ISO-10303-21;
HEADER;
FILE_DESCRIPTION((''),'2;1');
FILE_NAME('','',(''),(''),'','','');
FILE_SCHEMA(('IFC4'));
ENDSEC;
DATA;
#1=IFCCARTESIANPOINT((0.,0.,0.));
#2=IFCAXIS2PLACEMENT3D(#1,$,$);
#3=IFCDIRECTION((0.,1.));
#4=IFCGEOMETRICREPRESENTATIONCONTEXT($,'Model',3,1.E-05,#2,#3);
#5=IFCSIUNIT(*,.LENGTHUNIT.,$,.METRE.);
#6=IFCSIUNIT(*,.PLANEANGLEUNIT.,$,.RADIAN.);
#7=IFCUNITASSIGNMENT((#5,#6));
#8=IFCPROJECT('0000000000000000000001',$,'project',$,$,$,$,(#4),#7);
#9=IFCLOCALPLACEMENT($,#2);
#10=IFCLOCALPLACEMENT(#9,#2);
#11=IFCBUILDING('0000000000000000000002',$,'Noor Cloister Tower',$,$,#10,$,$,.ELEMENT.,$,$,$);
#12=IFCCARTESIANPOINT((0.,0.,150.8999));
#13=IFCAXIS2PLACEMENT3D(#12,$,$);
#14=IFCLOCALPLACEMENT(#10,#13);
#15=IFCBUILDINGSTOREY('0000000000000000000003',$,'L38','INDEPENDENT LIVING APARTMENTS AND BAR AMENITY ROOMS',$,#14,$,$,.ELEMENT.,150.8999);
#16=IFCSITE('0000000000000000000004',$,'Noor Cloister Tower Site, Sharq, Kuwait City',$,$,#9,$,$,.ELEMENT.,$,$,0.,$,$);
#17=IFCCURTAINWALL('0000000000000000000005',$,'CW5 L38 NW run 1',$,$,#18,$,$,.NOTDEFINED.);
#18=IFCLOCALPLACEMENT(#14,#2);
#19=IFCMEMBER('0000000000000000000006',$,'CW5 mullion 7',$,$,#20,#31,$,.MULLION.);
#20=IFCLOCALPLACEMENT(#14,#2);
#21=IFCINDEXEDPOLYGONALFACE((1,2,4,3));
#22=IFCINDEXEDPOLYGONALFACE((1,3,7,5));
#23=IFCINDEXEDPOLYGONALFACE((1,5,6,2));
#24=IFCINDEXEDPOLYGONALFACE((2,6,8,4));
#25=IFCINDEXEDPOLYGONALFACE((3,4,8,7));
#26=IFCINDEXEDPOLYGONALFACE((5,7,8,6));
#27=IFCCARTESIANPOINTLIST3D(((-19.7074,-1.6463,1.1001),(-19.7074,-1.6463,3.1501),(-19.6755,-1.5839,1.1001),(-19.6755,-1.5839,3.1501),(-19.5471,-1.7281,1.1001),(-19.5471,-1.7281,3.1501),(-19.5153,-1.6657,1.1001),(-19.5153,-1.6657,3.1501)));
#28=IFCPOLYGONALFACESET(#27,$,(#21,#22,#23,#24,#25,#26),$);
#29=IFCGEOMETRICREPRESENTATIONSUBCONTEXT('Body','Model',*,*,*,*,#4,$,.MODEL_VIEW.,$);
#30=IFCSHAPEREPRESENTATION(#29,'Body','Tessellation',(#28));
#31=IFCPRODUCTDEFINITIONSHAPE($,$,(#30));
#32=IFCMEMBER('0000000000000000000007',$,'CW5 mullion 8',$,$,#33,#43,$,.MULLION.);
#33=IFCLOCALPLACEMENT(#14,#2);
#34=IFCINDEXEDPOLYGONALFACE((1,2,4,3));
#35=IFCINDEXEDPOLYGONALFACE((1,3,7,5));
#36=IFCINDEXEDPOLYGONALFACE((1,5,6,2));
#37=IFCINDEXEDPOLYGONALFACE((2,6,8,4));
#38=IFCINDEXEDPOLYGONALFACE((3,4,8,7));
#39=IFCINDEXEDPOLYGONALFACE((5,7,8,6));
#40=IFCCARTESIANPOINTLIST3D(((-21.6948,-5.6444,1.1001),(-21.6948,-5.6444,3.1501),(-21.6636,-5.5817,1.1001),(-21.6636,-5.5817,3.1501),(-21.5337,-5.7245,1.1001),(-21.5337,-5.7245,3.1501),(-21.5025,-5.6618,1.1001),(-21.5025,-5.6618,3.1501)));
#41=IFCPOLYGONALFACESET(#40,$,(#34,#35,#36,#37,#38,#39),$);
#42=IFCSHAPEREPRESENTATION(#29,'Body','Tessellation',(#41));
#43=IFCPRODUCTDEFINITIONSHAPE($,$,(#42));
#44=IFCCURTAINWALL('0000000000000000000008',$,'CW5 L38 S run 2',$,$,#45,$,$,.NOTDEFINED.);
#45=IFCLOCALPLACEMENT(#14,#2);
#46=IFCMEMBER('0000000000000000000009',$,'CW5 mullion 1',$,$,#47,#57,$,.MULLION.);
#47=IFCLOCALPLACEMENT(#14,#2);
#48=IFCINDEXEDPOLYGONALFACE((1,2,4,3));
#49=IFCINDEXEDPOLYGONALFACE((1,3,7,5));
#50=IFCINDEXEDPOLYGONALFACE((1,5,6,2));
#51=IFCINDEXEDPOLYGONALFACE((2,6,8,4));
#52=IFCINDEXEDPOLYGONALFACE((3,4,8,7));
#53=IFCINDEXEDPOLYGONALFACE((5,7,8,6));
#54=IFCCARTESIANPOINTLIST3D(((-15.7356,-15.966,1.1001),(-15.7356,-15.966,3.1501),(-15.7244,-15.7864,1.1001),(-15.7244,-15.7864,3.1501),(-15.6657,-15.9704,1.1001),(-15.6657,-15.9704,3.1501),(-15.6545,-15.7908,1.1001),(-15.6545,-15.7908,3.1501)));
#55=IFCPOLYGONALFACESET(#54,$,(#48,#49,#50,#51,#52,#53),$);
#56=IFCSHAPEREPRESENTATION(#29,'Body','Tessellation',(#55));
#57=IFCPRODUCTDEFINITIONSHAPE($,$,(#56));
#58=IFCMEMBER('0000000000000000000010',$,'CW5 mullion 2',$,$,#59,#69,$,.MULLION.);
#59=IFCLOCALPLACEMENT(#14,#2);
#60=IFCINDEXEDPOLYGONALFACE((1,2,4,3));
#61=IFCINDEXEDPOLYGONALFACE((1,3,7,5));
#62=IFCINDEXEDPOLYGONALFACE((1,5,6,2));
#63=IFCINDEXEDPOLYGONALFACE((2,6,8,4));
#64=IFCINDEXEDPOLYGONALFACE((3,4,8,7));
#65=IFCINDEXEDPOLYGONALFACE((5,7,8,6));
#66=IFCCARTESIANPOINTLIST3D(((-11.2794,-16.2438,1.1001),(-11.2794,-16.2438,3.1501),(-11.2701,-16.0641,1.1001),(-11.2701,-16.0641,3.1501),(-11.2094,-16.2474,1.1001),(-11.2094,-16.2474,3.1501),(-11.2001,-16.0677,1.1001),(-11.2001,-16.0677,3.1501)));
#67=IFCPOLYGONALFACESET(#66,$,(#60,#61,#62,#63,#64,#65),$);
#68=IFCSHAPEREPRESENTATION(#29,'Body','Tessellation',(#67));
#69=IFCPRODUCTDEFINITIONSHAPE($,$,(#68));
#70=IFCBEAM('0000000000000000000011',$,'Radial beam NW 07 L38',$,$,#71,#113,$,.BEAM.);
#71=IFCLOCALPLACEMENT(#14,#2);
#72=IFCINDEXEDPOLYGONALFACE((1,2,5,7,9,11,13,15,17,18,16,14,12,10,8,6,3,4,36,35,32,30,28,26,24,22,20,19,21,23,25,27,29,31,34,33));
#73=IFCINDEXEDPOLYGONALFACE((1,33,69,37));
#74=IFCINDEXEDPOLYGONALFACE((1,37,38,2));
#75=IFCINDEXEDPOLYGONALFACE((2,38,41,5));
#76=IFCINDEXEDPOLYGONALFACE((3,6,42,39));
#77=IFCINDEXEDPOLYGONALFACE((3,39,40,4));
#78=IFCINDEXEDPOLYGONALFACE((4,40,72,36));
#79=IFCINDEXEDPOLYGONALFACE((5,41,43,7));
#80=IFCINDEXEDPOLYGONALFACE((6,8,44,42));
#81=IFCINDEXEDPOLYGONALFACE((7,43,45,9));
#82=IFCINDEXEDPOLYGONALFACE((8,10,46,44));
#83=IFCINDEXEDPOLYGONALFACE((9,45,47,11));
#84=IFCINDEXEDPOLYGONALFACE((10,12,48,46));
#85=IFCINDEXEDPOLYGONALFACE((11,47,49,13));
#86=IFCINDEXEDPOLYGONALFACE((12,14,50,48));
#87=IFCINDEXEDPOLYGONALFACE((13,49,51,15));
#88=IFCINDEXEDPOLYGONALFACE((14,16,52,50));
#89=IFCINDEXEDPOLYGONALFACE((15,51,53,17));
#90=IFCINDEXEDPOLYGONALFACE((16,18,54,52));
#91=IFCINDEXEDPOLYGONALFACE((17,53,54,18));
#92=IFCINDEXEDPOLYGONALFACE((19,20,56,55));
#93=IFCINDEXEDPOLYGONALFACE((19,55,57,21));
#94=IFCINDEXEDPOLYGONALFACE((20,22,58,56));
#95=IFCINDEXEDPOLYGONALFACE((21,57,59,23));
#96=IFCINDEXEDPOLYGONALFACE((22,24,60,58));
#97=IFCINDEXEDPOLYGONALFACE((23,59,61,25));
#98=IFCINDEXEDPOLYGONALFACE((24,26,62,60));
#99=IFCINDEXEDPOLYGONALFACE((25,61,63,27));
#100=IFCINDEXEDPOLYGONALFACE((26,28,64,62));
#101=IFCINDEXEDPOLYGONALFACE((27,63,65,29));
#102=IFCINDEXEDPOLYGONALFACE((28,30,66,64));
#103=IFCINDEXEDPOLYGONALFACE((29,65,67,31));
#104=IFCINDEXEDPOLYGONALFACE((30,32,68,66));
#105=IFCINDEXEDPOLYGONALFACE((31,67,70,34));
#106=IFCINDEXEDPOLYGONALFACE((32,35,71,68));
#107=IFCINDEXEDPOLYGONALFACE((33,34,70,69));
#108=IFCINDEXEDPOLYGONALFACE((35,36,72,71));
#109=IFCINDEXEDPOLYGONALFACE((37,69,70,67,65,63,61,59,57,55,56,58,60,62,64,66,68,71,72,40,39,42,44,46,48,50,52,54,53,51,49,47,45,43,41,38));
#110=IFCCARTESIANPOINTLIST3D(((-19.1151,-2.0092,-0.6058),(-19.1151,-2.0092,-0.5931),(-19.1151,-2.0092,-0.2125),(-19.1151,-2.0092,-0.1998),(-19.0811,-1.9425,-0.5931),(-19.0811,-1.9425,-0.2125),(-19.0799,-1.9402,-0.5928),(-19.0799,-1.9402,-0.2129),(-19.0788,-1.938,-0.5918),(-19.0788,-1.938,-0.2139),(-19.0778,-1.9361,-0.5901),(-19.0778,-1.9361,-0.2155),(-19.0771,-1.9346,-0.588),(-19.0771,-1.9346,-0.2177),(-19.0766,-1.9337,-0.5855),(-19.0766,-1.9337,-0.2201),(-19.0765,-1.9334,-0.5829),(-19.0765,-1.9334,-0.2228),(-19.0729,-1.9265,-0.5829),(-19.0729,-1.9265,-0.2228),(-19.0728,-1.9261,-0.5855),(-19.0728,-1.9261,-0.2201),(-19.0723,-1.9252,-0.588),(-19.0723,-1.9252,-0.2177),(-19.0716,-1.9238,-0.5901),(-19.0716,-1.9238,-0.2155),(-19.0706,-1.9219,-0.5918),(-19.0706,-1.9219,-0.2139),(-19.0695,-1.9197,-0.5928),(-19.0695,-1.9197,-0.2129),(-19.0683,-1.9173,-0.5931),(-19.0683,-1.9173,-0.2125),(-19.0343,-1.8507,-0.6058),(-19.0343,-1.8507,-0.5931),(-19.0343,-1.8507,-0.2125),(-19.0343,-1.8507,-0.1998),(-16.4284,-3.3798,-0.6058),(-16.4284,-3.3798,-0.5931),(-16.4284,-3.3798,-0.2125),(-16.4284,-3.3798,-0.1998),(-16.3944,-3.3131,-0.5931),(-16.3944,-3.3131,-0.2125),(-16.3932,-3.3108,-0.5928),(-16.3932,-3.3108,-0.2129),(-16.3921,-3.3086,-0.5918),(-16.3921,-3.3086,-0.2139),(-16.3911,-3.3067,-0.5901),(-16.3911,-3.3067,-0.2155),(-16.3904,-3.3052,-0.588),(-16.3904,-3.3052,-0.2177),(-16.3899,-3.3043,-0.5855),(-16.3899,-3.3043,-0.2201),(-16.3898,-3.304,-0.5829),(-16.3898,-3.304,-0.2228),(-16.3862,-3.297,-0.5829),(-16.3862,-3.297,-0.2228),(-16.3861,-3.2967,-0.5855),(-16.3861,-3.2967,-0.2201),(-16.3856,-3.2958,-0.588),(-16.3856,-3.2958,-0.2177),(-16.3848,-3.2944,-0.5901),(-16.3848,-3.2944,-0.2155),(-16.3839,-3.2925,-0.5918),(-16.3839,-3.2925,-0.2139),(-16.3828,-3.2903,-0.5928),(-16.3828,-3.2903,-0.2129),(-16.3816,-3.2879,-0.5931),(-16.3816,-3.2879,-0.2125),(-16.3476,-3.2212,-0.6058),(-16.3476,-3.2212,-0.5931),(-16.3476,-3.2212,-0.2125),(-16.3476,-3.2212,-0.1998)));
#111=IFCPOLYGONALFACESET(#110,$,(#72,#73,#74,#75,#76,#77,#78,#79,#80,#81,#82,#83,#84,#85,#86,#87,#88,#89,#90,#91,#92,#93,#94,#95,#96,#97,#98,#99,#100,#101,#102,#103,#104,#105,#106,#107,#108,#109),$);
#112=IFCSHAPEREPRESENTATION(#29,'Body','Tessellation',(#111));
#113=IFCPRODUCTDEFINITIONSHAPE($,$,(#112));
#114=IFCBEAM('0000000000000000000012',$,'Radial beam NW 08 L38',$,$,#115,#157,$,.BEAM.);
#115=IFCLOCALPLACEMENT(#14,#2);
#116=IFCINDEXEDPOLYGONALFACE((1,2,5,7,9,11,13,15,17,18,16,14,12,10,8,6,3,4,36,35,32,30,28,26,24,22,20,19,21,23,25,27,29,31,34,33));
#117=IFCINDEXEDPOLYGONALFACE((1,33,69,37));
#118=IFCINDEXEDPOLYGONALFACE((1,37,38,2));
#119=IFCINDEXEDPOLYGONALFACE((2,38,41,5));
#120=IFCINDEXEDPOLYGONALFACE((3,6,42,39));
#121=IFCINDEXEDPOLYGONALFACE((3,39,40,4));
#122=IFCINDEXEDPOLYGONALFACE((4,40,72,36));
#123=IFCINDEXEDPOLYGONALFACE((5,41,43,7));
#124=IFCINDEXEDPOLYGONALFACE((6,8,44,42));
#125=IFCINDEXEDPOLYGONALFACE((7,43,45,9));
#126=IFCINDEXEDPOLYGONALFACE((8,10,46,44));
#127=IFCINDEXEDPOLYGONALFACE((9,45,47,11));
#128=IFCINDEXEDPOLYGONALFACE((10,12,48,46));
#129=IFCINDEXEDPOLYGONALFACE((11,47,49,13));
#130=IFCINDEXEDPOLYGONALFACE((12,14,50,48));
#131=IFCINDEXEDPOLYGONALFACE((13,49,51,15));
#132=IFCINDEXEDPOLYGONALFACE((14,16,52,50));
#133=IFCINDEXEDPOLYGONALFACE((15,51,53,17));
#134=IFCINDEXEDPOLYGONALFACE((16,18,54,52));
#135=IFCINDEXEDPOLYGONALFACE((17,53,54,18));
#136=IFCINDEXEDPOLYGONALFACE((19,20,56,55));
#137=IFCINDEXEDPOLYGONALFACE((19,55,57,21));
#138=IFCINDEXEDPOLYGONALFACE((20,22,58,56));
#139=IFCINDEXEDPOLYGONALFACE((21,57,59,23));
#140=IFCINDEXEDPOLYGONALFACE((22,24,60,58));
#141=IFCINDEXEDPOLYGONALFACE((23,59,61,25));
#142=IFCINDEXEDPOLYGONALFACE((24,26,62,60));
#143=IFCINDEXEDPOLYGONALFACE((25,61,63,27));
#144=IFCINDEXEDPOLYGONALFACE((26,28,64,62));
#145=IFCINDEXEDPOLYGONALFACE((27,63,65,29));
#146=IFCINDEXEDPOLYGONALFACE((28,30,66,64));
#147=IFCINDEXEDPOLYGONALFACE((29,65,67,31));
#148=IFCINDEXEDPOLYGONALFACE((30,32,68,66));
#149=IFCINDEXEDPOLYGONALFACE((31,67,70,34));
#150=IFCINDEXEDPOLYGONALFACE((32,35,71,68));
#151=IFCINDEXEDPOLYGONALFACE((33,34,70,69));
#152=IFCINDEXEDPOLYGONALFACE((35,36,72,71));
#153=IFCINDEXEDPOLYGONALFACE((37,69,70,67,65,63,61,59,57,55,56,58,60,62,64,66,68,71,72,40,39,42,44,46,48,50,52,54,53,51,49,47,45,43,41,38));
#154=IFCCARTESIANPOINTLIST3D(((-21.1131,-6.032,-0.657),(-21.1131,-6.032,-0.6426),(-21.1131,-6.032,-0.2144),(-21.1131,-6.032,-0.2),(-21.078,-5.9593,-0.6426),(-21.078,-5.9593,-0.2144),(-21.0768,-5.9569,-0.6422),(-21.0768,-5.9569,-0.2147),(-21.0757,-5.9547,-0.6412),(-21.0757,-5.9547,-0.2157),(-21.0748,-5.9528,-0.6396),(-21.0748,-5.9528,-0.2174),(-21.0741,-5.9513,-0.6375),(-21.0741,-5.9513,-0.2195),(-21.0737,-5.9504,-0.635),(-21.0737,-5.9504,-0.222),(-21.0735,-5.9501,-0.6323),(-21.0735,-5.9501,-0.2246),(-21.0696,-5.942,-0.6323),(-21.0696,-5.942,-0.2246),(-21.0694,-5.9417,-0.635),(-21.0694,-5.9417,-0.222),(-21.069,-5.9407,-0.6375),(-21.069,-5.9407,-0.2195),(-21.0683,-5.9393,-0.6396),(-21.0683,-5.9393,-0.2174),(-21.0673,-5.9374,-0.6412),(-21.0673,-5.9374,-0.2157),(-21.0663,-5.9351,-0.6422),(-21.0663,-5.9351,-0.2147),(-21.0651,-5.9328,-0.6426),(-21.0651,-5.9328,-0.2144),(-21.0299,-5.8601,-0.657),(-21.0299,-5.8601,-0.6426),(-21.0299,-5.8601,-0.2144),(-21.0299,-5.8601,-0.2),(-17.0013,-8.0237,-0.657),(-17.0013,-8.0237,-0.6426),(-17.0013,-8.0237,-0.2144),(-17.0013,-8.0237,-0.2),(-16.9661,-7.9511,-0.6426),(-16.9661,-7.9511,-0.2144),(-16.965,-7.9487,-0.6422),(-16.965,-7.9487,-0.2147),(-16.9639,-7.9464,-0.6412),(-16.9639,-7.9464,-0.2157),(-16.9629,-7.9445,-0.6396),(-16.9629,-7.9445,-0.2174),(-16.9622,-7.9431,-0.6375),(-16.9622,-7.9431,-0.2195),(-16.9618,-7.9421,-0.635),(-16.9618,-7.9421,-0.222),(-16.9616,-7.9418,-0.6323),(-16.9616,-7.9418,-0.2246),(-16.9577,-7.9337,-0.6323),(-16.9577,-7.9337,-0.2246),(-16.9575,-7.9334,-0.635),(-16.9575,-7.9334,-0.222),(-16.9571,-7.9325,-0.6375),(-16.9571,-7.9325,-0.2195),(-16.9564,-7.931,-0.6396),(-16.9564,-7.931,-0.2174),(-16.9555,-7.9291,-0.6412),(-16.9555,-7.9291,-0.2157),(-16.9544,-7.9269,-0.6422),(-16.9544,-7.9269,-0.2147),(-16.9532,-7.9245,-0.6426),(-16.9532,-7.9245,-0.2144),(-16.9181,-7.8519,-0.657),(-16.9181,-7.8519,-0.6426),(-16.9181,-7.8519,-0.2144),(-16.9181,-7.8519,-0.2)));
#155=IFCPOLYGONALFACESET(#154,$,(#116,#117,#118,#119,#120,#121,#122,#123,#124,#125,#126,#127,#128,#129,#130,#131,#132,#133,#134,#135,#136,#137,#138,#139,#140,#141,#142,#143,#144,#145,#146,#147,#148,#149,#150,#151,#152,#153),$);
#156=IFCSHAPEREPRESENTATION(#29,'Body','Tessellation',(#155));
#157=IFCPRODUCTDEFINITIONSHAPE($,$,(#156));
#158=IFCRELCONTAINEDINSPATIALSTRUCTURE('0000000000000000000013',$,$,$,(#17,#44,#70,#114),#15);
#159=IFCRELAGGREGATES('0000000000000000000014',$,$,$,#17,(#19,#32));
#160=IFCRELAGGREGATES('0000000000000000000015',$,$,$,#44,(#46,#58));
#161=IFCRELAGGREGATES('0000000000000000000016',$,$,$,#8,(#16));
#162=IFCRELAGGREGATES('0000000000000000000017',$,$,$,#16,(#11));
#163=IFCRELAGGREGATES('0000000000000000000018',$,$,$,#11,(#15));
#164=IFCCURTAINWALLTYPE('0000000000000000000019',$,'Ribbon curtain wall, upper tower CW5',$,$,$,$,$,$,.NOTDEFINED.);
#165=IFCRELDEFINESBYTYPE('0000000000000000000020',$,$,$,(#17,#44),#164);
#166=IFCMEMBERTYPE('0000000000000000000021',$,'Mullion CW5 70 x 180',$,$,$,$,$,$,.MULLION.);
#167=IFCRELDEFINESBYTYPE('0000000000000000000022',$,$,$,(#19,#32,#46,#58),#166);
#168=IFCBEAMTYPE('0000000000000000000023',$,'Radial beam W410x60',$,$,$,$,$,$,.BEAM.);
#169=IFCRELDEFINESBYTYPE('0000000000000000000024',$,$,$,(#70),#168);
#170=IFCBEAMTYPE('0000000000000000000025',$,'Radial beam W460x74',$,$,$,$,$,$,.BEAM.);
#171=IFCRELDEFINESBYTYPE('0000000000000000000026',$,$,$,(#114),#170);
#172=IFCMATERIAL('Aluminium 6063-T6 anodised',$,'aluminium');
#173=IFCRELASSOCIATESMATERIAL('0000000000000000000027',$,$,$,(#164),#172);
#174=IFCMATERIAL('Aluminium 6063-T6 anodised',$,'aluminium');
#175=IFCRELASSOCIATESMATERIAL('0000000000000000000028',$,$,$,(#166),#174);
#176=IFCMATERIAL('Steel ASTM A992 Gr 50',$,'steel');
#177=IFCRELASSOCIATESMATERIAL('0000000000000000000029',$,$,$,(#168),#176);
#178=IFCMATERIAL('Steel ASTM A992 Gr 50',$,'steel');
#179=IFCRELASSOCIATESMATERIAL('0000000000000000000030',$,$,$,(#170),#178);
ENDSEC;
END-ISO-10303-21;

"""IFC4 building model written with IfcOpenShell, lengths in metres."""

from ifc_helpers import new_model, si_unit, direction, frame, origin, origin_2d, place, context, subcontext, project, spatial, rectangle, i_section, extrude, material, material_profile, profile_set, type_object, element, aggregate, save


model = new_model("IFC4")

# Units and contexts
model_context = context("Model", 3, precision=1e-05, world=origin(), true_north=direction((0.0, 1.0)))
body_context = subcontext(model_context, "Body", "Model", "MODEL_VIEW")
ifc_project = project(units=[si_unit("LENGTHUNIT", "METRE"), si_unit("PLANEANGLEUNIT", "RADIAN")], contexts=[model_context])

# Site, building, storey
site_placement = place(None, origin())
site = spatial("IfcSite", under=ifc_project, at=site_placement, Name="Noor Cloister Tower Site, Sharq, Kuwait City", CompositionType="ELEMENT", RefElevation=0.0)
building_placement = place(site_placement, origin())
building = spatial("IfcBuilding", under=site, at=building_placement, Name="Noor Cloister Tower", CompositionType="ELEMENT")
storey_placement = place(building_placement, frame((0.0, 0.0, 150.8999)))
storey = spatial("IfcBuildingStorey", under=building, at=storey_placement, Name="L38", Description="INDEPENDENT LIVING APARTMENTS AND BAR AMENITY ROOMS", CompositionType="ELEMENT", Elevation=150.8999)

# Curtain walls, members
ifc_material_1 = material(Name="Aluminium 6063-T6 anodised", Category="aluminium")
curtain_wall_type = type_object("IfcCurtainWallType", Name="Ribbon curtain wall, upper tower CW5", PredefinedType="NOTDEFINED", material=ifc_material_1)
curtain_wall_1_placement = place(storey_placement, origin())
curtain_wall_1 = element("IfcCurtainWall", 1, at=curtain_wall_1_placement, inside=storey, type_object=curtain_wall_type, Name="CW5 L38 NW run 1", PredefinedType="NOTDEFINED")
ifc_material_2 = material(Name="Aluminium 6063-T6 anodised", Category="aluminium")
ifc_material_profile_1 = material_profile(ifc_material_2, rectangle(XDim=0.1799, YDim=0.0701, at=origin_2d()), Name="180 x 70 mullion")
ifc_profile_set_1 = profile_set([ifc_material_profile_1], Name="Aluminium 6063-T6 anodised")
member_type = type_object("IfcMemberType", Name="Mullion CW5 70 x 180", PredefinedType="MULLION", material=ifc_profile_set_1)
member_1_placement = place(storey_placement, frame((-19.6113, -1.656, 1.1001), z_axis=(0.0, 0.0, 1.0), x_axis=(0.890762, -0.45447, 0.0)))
member_1 = element("IfcMember", 2, at=member_1_placement, type_object=member_type, Name="CW5 mullion 7", PredefinedType="MULLION", context=body_context, shape_type="SweptSolid", body=[
    extrude(rectangle(XDim=0.1799, YDim=0.0701, at=origin_2d()), origin(), (0.0, 0.0, 1.0), 2.05),
])
member_2_placement = place(storey_placement, frame((-21.5986, -5.6531, 1.1001), z_axis=(0.0, 0.0, 1.0), x_axis=(0.895424, -0.445213, 0.0)))
member_2 = element("IfcMember", 3, at=member_2_placement, type_object=member_type, Name="CW5 mullion 8", PredefinedType="MULLION", context=body_context, shape_type="SweptSolid", body=[
    extrude(rectangle(XDim=0.1799, YDim=0.0701, at=origin_2d()), origin(), (0.0, 0.0, 1.0), 2.05),
])
curtain_wall_2_placement = place(storey_placement, origin())
curtain_wall_2 = element("IfcCurtainWall", 4, at=curtain_wall_2_placement, inside=storey, type_object=curtain_wall_type, Name="CW5 L38 S run 2", PredefinedType="NOTDEFINED")
member_3_placement = place(storey_placement, frame((-15.6951, -15.8784, 1.1001), z_axis=(0.0, 0.0, 1.0), x_axis=(0.062146, 0.998067, 0.0)))
member_3 = element("IfcMember", 5, at=member_3_placement, type_object=member_type, Name="CW5 mullion 1", PredefinedType="MULLION", context=body_context, shape_type="SweptSolid", body=[
    extrude(rectangle(XDim=0.1799, YDim=0.0701, at=origin_2d()), origin(), (0.0, 0.0, 1.0), 2.05),
])
member_4_placement = place(storey_placement, frame((-11.2397, -16.1558, 1.1001), z_axis=(0.0, 0.0, 1.0), x_axis=(0.051799, 0.998658, 0.0)))
member_4 = element("IfcMember", 6, at=member_4_placement, type_object=member_type, Name="CW5 mullion 2", PredefinedType="MULLION", context=body_context, shape_type="SweptSolid", body=[
    extrude(rectangle(XDim=0.1799, YDim=0.0701, at=origin_2d()), origin(), (0.0, 0.0, 1.0), 2.05),
])

# Beams
ifc_material_3 = material(Name="Steel ASTM A992 Gr 50", Category="steel")
ifc_material_profile_2 = material_profile(ifc_material_3, i_section(OverallWidth=0.178, OverallDepth=0.406, WebThickness=0.0078, FlangeThickness=0.0127, FilletRadius=0.0103, at=origin_2d()), Name="W410x60")
ifc_profile_set_2 = profile_set([ifc_material_profile_2], Name="Steel ASTM A992 Gr 50")
beam_type_1 = type_object("IfcBeamType", Name="Radial beam W410x60", PredefinedType="BEAM", material=ifc_profile_set_2)
beam_1_placement = place(storey_placement, frame((-19.0747, -1.9299, -0.4028), z_axis=(0.890788, -0.454419, 0.0), x_axis=(0.454419, 0.890788, 0.0)))
element("IfcBeam", 7, at=beam_1_placement, inside=storey, type_object=beam_type_1, Name="Radial beam NW 07 L38", PredefinedType="BEAM", context=body_context, shape_type="SweptSolid", body=[
    extrude(i_section(OverallWidth=0.178, OverallDepth=0.406, WebThickness=0.0078, FlangeThickness=0.0127, FilletRadius=0.0103, at=origin_2d()), origin(), (0.0, 0.0, 1.0), 3.0161),
])
ifc_material_4 = material(Name="Steel ASTM A992 Gr 50", Category="steel")
ifc_material_profile_3 = material_profile(ifc_material_4, i_section(OverallWidth=0.1909, OverallDepth=0.457, WebThickness=0.009, FlangeThickness=0.0144, FilletRadius=0.0103, at=origin_2d()), Name="W460x74")
ifc_profile_set_3 = profile_set([ifc_material_profile_3], Name="Steel ASTM A992 Gr 50")
beam_type_2 = type_object("IfcBeamType", Name="Radial beam W460x74", PredefinedType="BEAM", material=ifc_profile_set_3)
beam_2_placement = place(storey_placement, frame((-21.0715, -5.946, -0.4285), z_axis=(0.899978, -0.435935, 0.0), x_axis=(0.435935, 0.899978, 0.0)))
element("IfcBeam", 8, at=beam_2_placement, inside=storey, type_object=beam_type_2, Name="Radial beam NW 08 L38", PredefinedType="BEAM", context=body_context, shape_type="SweptSolid", body=[
    extrude(i_section(OverallWidth=0.1909, OverallDepth=0.457, WebThickness=0.009, FlangeThickness=0.0144, FilletRadius=0.0103, at=origin_2d()), origin(), (0.0, 0.0, 1.0), 4.5688),
])

aggregate(curtain_wall_1, [member_1, member_2])
aggregate(curtain_wall_2, [member_3, member_4])

save(model, "model.ifc")
